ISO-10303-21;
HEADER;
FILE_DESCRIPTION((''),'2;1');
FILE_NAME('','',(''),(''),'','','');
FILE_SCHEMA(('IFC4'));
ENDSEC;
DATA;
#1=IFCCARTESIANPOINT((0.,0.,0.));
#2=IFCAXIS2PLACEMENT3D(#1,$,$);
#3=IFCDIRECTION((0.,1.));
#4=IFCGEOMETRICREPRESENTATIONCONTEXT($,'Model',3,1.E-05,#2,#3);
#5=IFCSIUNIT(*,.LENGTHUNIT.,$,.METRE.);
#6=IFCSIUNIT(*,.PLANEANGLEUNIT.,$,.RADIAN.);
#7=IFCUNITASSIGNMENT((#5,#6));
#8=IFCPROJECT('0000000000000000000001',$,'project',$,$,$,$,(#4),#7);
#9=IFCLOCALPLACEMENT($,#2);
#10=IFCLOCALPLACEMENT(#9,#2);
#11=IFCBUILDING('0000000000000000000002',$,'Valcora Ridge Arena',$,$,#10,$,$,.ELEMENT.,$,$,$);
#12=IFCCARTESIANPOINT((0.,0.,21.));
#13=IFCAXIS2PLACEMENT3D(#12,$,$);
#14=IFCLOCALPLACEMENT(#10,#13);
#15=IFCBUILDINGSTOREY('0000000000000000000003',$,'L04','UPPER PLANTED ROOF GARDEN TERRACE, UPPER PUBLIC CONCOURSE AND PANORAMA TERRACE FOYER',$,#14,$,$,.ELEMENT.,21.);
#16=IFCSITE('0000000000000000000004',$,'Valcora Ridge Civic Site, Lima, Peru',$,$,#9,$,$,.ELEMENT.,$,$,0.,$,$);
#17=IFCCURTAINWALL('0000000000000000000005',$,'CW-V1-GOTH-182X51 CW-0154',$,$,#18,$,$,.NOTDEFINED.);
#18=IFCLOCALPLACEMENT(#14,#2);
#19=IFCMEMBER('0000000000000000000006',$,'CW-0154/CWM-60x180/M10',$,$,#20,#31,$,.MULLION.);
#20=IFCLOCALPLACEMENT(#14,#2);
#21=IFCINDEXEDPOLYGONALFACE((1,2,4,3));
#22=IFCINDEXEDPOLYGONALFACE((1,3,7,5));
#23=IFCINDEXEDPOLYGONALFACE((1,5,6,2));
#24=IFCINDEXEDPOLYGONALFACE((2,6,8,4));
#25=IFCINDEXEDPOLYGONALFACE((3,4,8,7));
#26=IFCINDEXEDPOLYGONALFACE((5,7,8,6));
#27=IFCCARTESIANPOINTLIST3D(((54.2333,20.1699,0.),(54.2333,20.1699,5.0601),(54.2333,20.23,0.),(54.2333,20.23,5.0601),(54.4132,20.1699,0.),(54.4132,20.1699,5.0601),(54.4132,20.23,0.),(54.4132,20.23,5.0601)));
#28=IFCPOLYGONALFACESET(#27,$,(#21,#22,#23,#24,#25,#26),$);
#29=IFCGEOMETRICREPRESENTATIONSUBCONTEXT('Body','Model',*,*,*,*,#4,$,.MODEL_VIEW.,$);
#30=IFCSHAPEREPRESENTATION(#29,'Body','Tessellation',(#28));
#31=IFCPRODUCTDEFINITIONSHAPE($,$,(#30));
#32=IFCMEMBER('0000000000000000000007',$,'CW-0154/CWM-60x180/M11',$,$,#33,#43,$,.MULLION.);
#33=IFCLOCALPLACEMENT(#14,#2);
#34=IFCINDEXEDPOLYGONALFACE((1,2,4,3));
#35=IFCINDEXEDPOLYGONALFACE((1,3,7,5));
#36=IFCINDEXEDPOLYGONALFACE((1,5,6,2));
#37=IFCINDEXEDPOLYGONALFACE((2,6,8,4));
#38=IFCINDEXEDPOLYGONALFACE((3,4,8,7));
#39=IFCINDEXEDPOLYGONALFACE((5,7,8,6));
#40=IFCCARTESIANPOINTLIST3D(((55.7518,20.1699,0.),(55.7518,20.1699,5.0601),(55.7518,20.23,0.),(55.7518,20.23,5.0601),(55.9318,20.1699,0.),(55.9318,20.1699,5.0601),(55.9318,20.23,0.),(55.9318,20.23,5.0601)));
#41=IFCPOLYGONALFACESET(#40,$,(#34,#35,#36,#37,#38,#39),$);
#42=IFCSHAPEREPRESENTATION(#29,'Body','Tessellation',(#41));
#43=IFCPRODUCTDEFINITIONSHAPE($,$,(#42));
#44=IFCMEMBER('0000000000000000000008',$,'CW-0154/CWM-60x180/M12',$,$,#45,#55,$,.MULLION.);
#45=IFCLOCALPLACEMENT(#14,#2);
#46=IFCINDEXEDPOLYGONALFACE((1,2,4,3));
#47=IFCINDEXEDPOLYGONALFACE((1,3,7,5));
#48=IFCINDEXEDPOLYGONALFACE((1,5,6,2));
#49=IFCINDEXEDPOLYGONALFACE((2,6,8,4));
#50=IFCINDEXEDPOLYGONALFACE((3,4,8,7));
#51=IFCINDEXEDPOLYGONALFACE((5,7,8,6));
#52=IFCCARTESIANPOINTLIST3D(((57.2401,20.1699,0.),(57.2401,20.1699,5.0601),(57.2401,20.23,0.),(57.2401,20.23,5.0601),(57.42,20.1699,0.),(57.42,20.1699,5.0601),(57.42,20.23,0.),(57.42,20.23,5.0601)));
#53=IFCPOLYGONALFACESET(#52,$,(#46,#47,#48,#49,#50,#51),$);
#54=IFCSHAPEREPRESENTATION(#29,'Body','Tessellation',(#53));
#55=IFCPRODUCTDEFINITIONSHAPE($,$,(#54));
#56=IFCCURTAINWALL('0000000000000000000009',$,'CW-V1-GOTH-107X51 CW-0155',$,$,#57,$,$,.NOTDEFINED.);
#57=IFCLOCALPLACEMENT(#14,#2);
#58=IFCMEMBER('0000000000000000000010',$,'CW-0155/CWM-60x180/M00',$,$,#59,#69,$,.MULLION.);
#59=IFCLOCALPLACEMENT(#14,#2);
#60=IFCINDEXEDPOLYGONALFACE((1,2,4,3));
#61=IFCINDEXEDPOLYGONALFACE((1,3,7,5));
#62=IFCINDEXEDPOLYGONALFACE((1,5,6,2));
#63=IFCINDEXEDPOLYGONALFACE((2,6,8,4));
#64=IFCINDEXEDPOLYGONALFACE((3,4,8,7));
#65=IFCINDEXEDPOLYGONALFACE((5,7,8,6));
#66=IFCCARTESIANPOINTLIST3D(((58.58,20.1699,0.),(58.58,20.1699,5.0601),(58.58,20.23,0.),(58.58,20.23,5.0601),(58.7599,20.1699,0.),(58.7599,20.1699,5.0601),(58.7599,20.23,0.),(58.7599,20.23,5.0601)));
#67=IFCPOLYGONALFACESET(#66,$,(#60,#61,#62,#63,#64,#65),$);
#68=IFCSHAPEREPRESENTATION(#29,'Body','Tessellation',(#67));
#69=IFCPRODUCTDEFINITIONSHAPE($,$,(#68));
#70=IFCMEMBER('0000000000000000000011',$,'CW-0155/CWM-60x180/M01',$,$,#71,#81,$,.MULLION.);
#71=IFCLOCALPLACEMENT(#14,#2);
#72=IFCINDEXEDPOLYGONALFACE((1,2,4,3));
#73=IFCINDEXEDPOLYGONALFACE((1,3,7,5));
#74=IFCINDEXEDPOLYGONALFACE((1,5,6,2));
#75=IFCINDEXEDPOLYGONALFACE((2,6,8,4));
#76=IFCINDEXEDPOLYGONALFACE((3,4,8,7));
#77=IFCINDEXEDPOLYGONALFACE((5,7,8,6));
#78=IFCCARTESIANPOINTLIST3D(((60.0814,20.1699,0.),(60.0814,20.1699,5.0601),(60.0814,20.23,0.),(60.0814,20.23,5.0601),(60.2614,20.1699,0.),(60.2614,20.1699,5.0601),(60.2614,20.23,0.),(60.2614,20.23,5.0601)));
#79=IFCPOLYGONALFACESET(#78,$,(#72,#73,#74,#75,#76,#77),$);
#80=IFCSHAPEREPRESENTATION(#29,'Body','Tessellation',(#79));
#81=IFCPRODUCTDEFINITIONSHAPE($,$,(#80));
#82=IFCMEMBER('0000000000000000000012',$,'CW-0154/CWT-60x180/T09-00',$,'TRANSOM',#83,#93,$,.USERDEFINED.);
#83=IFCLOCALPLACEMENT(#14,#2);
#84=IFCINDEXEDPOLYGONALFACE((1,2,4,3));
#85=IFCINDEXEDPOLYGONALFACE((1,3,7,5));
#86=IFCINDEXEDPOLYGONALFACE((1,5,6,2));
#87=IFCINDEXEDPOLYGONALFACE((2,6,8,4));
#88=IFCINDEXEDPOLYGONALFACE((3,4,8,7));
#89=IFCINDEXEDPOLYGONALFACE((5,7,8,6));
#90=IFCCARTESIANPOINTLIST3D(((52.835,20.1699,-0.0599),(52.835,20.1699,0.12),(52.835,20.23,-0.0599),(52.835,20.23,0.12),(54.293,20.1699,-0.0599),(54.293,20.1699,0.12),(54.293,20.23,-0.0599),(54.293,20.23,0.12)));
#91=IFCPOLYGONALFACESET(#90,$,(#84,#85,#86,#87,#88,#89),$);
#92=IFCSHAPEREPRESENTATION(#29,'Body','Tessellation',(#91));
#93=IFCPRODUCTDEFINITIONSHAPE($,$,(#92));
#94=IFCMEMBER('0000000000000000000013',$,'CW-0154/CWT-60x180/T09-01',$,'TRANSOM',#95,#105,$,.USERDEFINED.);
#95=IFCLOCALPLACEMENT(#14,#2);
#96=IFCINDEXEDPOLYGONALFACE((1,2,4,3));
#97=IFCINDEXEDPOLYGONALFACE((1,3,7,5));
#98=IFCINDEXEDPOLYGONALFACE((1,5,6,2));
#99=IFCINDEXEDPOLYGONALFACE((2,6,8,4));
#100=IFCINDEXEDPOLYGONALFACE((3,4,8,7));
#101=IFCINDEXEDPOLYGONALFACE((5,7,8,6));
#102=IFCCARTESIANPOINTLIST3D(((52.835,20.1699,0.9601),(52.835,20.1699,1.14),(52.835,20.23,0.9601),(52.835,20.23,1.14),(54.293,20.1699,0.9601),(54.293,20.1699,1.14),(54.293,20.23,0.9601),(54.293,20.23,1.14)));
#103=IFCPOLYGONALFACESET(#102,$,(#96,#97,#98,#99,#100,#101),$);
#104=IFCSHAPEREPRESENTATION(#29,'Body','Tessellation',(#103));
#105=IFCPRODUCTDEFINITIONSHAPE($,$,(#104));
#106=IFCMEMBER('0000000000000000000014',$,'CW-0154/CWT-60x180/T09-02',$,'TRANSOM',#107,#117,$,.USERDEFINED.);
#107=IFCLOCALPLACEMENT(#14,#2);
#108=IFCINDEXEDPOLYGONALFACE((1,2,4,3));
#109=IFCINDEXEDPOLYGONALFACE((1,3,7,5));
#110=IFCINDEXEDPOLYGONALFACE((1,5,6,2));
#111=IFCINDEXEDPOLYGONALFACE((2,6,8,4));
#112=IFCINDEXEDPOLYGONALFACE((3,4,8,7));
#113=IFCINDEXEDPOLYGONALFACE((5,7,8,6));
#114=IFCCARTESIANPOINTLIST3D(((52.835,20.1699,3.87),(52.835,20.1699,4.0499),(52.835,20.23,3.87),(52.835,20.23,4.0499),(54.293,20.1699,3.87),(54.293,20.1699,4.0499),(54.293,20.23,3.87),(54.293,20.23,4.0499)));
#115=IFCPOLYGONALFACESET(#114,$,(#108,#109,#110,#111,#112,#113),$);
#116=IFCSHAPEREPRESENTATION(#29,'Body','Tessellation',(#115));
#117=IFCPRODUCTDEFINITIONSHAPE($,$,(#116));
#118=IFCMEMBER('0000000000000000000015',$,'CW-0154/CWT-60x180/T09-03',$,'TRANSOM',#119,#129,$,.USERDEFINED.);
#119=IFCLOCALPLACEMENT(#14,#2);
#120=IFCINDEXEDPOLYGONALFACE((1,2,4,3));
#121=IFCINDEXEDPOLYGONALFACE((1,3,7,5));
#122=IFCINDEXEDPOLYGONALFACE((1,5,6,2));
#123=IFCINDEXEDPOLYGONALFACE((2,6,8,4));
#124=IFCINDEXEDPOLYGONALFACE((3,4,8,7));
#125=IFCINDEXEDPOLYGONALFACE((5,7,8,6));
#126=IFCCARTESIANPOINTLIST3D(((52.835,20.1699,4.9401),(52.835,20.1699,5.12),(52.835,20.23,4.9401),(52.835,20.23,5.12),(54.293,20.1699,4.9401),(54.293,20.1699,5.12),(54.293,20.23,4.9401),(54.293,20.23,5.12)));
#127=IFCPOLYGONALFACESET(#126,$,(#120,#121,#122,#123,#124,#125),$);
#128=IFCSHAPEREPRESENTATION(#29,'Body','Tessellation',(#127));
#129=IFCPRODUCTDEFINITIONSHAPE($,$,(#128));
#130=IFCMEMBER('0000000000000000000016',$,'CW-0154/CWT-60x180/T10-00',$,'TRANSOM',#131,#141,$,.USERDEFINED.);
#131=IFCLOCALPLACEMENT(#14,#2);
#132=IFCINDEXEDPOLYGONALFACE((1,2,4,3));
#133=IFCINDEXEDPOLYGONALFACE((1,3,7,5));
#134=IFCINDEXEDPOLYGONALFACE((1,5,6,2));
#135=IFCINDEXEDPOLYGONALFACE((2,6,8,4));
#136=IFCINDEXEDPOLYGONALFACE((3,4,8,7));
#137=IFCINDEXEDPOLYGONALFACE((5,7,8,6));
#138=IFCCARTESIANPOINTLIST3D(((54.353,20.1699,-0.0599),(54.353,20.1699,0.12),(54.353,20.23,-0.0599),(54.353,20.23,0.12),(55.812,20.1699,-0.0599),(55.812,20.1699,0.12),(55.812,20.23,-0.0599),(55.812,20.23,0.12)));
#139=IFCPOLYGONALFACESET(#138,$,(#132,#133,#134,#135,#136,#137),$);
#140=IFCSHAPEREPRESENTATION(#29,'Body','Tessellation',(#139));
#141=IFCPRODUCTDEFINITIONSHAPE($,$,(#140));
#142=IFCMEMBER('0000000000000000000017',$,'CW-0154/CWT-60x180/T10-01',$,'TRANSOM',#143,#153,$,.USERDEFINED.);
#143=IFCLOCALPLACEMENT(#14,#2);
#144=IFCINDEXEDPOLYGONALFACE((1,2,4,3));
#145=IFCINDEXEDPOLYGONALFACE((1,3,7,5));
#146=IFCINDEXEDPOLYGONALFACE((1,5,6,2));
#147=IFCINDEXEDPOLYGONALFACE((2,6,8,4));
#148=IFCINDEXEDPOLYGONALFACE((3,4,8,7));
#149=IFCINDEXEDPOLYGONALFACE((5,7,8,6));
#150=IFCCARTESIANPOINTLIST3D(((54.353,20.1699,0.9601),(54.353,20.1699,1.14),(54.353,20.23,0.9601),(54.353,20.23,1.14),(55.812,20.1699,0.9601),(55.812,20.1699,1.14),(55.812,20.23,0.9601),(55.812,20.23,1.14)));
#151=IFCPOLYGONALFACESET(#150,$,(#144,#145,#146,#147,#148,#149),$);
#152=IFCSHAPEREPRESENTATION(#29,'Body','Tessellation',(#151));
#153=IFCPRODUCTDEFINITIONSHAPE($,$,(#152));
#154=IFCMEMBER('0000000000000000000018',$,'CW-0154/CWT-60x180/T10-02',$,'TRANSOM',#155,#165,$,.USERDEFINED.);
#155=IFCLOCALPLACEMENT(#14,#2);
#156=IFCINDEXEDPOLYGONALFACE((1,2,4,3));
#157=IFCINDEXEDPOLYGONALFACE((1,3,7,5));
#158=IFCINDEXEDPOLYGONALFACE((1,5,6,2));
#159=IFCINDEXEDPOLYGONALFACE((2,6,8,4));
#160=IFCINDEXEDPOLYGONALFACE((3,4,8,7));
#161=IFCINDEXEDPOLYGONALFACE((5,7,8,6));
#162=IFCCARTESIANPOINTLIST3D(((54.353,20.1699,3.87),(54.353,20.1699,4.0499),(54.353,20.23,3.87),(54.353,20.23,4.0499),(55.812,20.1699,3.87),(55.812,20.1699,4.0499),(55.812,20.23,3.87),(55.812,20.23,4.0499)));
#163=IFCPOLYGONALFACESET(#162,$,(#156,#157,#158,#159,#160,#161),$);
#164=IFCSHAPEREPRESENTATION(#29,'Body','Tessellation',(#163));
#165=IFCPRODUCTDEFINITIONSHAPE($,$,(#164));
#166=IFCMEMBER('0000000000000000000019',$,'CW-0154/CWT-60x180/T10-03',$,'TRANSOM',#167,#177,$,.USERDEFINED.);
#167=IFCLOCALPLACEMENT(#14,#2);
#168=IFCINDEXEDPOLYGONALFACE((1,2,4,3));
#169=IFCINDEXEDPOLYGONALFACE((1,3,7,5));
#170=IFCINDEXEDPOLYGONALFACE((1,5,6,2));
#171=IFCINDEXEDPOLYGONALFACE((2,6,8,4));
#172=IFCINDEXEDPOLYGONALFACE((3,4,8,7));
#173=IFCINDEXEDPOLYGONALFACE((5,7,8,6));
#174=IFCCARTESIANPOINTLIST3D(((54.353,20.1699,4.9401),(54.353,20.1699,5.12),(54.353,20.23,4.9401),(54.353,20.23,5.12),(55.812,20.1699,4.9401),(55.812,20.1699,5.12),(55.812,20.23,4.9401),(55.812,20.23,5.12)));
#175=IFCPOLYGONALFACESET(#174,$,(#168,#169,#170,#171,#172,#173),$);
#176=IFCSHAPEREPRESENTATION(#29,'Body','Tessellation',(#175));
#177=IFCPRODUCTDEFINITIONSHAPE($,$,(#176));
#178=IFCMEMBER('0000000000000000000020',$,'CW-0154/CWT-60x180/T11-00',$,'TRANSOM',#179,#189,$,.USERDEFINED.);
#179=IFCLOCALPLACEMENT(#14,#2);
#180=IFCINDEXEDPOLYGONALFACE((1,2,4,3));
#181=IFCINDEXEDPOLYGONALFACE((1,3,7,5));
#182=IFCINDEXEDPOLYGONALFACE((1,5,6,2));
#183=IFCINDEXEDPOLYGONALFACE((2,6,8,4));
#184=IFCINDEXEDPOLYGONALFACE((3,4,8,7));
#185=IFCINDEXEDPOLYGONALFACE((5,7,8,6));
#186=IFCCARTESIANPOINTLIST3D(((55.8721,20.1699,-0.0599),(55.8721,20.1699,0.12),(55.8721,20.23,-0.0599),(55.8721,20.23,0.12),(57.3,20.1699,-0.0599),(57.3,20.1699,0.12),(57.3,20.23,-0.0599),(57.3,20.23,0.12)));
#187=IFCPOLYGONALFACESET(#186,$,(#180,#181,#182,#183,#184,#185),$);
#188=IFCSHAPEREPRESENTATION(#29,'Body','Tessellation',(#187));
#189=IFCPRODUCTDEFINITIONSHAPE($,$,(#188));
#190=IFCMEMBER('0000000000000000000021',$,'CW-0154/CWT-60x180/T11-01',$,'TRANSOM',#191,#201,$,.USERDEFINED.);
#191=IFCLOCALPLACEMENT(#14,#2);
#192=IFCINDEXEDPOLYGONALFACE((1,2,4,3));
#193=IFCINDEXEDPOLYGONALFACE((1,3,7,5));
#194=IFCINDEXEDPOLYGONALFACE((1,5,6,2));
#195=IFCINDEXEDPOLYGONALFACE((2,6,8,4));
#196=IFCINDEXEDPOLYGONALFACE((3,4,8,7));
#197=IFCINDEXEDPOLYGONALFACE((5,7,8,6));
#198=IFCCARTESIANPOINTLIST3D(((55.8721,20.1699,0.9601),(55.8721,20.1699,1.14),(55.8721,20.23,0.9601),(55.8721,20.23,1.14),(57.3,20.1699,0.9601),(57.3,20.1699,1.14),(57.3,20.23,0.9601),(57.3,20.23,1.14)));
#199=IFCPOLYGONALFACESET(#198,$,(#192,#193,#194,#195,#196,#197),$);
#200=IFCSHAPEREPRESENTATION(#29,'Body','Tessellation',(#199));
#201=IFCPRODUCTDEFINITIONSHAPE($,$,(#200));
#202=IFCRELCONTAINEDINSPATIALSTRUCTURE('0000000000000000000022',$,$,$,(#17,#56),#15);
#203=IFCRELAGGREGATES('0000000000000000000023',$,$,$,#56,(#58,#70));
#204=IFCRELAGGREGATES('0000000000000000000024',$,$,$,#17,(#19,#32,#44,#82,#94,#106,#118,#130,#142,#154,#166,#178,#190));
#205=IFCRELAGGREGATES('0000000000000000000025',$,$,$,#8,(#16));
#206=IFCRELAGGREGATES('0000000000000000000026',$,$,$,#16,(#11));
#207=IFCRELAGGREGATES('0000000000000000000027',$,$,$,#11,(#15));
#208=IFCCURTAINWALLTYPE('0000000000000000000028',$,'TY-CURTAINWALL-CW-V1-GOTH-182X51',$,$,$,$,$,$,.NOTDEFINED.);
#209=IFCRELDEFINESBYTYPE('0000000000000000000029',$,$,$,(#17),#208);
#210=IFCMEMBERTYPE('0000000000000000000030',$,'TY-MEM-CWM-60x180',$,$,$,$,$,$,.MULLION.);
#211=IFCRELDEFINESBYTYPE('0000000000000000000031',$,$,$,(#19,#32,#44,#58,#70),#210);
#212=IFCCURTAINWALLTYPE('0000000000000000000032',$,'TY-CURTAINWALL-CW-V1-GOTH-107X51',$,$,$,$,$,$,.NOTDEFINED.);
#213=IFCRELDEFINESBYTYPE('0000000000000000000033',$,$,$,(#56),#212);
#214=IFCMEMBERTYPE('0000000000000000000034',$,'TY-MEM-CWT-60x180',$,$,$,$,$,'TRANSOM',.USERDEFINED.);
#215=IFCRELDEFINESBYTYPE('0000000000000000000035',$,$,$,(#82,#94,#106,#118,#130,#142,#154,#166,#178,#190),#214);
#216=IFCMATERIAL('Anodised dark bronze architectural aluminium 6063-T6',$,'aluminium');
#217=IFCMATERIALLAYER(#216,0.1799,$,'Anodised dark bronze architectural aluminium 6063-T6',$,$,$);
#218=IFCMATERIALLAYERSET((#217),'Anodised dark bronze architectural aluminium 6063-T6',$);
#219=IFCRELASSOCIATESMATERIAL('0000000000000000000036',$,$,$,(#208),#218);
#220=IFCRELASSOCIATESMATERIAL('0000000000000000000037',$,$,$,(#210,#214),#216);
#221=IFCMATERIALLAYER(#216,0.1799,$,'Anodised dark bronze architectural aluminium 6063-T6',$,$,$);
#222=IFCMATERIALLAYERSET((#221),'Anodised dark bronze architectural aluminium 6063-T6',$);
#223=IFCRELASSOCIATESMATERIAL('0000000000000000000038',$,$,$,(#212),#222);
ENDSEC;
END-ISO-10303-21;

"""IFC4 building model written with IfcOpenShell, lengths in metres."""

from ifc_helpers import new_model, si_unit, direction, frame, origin, origin_2d, place, context, subcontext, project, spatial, rectangle, extrude, material, layer, layer_set, material_profile, profile_set, type_object, element, aggregate, save


model = new_model("IFC4")

# Units and contexts
model_context = context("Model", 3, precision=1e-05, world=origin(), true_north=direction((0.0, 1.0)))
body_context = subcontext(model_context, "Body", "Model", "MODEL_VIEW")
ifc_project = project(units=[si_unit("LENGTHUNIT", "METRE"), si_unit("PLANEANGLEUNIT", "RADIAN")], contexts=[model_context])

# Site, building, storey
site_placement = place(None, origin())
site = spatial("IfcSite", under=ifc_project, at=site_placement, Name="Valcora Ridge Civic Site, Lima, Peru", CompositionType="ELEMENT", RefElevation=0.0)
building_placement = place(site_placement, origin())
building = spatial("IfcBuilding", under=site, at=building_placement, Name="Valcora Ridge Arena", CompositionType="ELEMENT")
storey_placement = place(building_placement, frame((0.0, 0.0, 21.0)))
storey = spatial("IfcBuildingStorey", under=building, at=storey_placement, Name="L04", Description="UPPER PLANTED ROOF GARDEN TERRACE, UPPER PUBLIC CONCOURSE AND PANORAMA TERRACE FOYER", CompositionType="ELEMENT", Elevation=21.0)

# Curtain walls, members
ifc_material_1 = material(Name="Anodised dark bronze architectural aluminium 6063-T6", Category="aluminium")
ifc_layer_1 = layer(ifc_material_1, 0.1799, Name="Anodised dark bronze architectural aluminium 6063-T6")
ifc_layer_set_1 = layer_set([ifc_layer_1], Name="Anodised dark bronze architectural aluminium 6063-T6")
curtain_wall_type_1 = type_object("IfcCurtainWallType", Name="TY-CURTAINWALL-CW-V1-GOTH-182X51", PredefinedType="NOTDEFINED", material=ifc_layer_set_1)
curtain_wall_1_placement = place(storey_placement, origin())
curtain_wall_1 = element("IfcCurtainWall", 1, at=curtain_wall_1_placement, inside=storey, type_object=curtain_wall_type_1, Name="CW-V1-GOTH-182X51 CW-0154", PredefinedType="NOTDEFINED")
ifc_material_profile_1 = material_profile(ifc_material_1, rectangle(XDim=0.0601, YDim=0.1799, at=origin_2d()), Name="ALU MULLION 60x180")
ifc_profile_set_1 = profile_set([ifc_material_profile_1], Name="Anodised dark bronze architectural aluminium 6063-T6")
member_type_1 = type_object("IfcMemberType", Name="TY-MEM-CWM-60x180", PredefinedType="MULLION", material=ifc_profile_set_1)
member_1_placement = place(storey_placement, frame((54.3232, 20.2, 0.0), z_axis=(0.0, 0.0, 1.0), x_axis=(0.0, 1.0, 0.0)))
member_1 = element("IfcMember", 2, at=member_1_placement, type_object=member_type_1, Name="CW-0154/CWM-60x180/M10", PredefinedType="MULLION", context=body_context, shape_type="SweptSolid", body=[
    extrude(rectangle(XDim=0.0601, YDim=0.1799, at=origin_2d()), origin(), (0.0, 0.0, 1.0), 5.0601),
])
member_2_placement = place(storey_placement, frame((55.8418, 20.2, 0.0), z_axis=(0.0, 0.0, 1.0), x_axis=(0.0, 1.0, 0.0)))
member_2 = element("IfcMember", 3, at=member_2_placement, type_object=member_type_1, Name="CW-0154/CWM-60x180/M11", PredefinedType="MULLION", context=body_context, shape_type="SweptSolid", body=[
    extrude(rectangle(XDim=0.0601, YDim=0.1799, at=origin_2d()), origin(), (0.0, 0.0, 1.0), 5.0601),
])
member_3_placement = place(storey_placement, frame((57.3301, 20.2, 0.0), z_axis=(0.0, 0.0, 1.0), x_axis=(0.0, 1.0, 0.0)))
member_3 = element("IfcMember", 4, at=member_3_placement, type_object=member_type_1, Name="CW-0154/CWM-60x180/M12", PredefinedType="MULLION", context=body_context, shape_type="SweptSolid", body=[
    extrude(rectangle(XDim=0.0601, YDim=0.1799, at=origin_2d()), origin(), (0.0, 0.0, 1.0), 5.0601),
])
ifc_layer_2 = layer(ifc_material_1, 0.1799, Name="Anodised dark bronze architectural aluminium 6063-T6")
ifc_layer_set_2 = layer_set([ifc_layer_2], Name="Anodised dark bronze architectural aluminium 6063-T6")
curtain_wall_type_2 = type_object("IfcCurtainWallType", Name="TY-CURTAINWALL-CW-V1-GOTH-107X51", PredefinedType="NOTDEFINED", material=ifc_layer_set_2)
curtain_wall_2_placement = place(storey_placement, origin())
curtain_wall_2 = element("IfcCurtainWall", 5, at=curtain_wall_2_placement, inside=storey, type_object=curtain_wall_type_2, Name="CW-V1-GOTH-107X51 CW-0155", PredefinedType="NOTDEFINED")
member_4_placement = place(storey_placement, frame((58.6699, 20.2, 0.0), z_axis=(0.0, 0.0, 1.0), x_axis=(0.0, 1.0, 0.0)))
member_4 = element("IfcMember", 6, at=member_4_placement, type_object=member_type_1, Name="CW-0155/CWM-60x180/M00", PredefinedType="MULLION", context=body_context, shape_type="SweptSolid", body=[
    extrude(rectangle(XDim=0.0601, YDim=0.1799, at=origin_2d()), origin(), (0.0, 0.0, 1.0), 5.0601),
])
member_5_placement = place(storey_placement, frame((60.1714, 20.2, 0.0), z_axis=(0.0, 0.0, 1.0), x_axis=(0.0, 1.0, 0.0)))
member_5 = element("IfcMember", 7, at=member_5_placement, type_object=member_type_1, Name="CW-0155/CWM-60x180/M01", PredefinedType="MULLION", context=body_context, shape_type="SweptSolid", body=[
    extrude(rectangle(XDim=0.0601, YDim=0.1799, at=origin_2d()), origin(), (0.0, 0.0, 1.0), 5.0601),
])

# Members
ifc_material_profile_2 = material_profile(ifc_material_1, rectangle(XDim=0.0601, YDim=0.1799, at=origin_2d()), Name="ALU TRANSOM 60x180")
ifc_profile_set_2 = profile_set([ifc_material_profile_2], Name="Anodised dark bronze architectural aluminium 6063-T6")
member_type_2 = type_object("IfcMemberType", Name="TY-MEM-CWT-60x180", ElementType="TRANSOM", PredefinedType="USERDEFINED", material=ifc_profile_set_2)
member_6_placement = place(storey_placement, frame((52.835, 20.2, 0.03), z_axis=(1.0, 0.0, 0.0), x_axis=(0.0, 1.0, 0.0)))
member_6 = element("IfcMember", 8, at=member_6_placement, type_object=member_type_2, Name="CW-0154/CWT-60x180/T09-00", ObjectType="TRANSOM", PredefinedType="USERDEFINED", context=body_context, shape_type="SweptSolid", body=[
    extrude(rectangle(XDim=0.0601, YDim=0.1799, at=origin_2d()), origin(), (0.0, 0.0, 1.0), 1.458),
])
member_7_placement = place(storey_placement, frame((52.835, 20.2, 1.05), z_axis=(1.0, 0.0, 0.0), x_axis=(0.0, 1.0, 0.0)))
member_7 = element("IfcMember", 9, at=member_7_placement, type_object=member_type_2, Name="CW-0154/CWT-60x180/T09-01", ObjectType="TRANSOM", PredefinedType="USERDEFINED", context=body_context, shape_type="SweptSolid", body=[
    extrude(rectangle(XDim=0.0601, YDim=0.1799, at=origin_2d()), origin(), (0.0, 0.0, 1.0), 1.458),
])
member_8_placement = place(storey_placement, frame((52.835, 20.2, 3.96), z_axis=(1.0, 0.0, 0.0), x_axis=(0.0, 1.0, 0.0)))
member_8 = element("IfcMember", 10, at=member_8_placement, type_object=member_type_2, Name="CW-0154/CWT-60x180/T09-02", ObjectType="TRANSOM", PredefinedType="USERDEFINED", context=body_context, shape_type="SweptSolid", body=[
    extrude(rectangle(XDim=0.0601, YDim=0.1799, at=origin_2d()), origin(), (0.0, 0.0, 1.0), 1.458),
])
member_9_placement = place(storey_placement, frame((52.835, 20.2, 5.03), z_axis=(1.0, 0.0, 0.0), x_axis=(0.0, 1.0, 0.0)))
member_9 = element("IfcMember", 11, at=member_9_placement, type_object=member_type_2, Name="CW-0154/CWT-60x180/T09-03", ObjectType="TRANSOM", PredefinedType="USERDEFINED", context=body_context, shape_type="SweptSolid", body=[
    extrude(rectangle(XDim=0.0601, YDim=0.1799, at=origin_2d()), origin(), (0.0, 0.0, 1.0), 1.458),
])
member_10_placement = place(storey_placement, frame((54.353, 20.2, 0.03), z_axis=(1.0, 0.0, 0.0), x_axis=(0.0, 1.0, 0.0)))
member_10 = element("IfcMember", 12, at=member_10_placement, type_object=member_type_2, Name="CW-0154/CWT-60x180/T10-00", ObjectType="TRANSOM", PredefinedType="USERDEFINED", context=body_context, shape_type="SweptSolid", body=[
    extrude(rectangle(XDim=0.0601, YDim=0.1799, at=origin_2d()), origin(), (0.0, 0.0, 1.0), 1.459),
])
member_11_placement = place(storey_placement, frame((54.353, 20.2, 1.05), z_axis=(1.0, 0.0, 0.0), x_axis=(0.0, 1.0, 0.0)))
member_11 = element("IfcMember", 13, at=member_11_placement, type_object=member_type_2, Name="CW-0154/CWT-60x180/T10-01", ObjectType="TRANSOM", PredefinedType="USERDEFINED", context=body_context, shape_type="SweptSolid", body=[
    extrude(rectangle(XDim=0.0601, YDim=0.1799, at=origin_2d()), origin(), (0.0, 0.0, 1.0), 1.459),
])
member_12_placement = place(storey_placement, frame((54.353, 20.2, 3.96), z_axis=(1.0, 0.0, 0.0), x_axis=(0.0, 1.0, 0.0)))
member_12 = element("IfcMember", 14, at=member_12_placement, type_object=member_type_2, Name="CW-0154/CWT-60x180/T10-02", ObjectType="TRANSOM", PredefinedType="USERDEFINED", context=body_context, shape_type="SweptSolid", body=[
    extrude(rectangle(XDim=0.0601, YDim=0.1799, at=origin_2d()), origin(), (0.0, 0.0, 1.0), 1.459),
])
member_13_placement = place(storey_placement, frame((54.353, 20.2, 5.03), z_axis=(1.0, 0.0, 0.0), x_axis=(0.0, 1.0, 0.0)))
member_13 = element("IfcMember", 15, at=member_13_placement, type_object=member_type_2, Name="CW-0154/CWT-60x180/T10-03", ObjectType="TRANSOM", PredefinedType="USERDEFINED", context=body_context, shape_type="SweptSolid", body=[
    extrude(rectangle(XDim=0.0601, YDim=0.1799, at=origin_2d()), origin(), (0.0, 0.0, 1.0), 1.459),
])
member_14_placement = place(storey_placement, frame((55.8721, 20.2, 0.03), z_axis=(1.0, 0.0, 0.0), x_axis=(0.0, 1.0, 0.0)))
member_14 = element("IfcMember", 16, at=member_14_placement, type_object=member_type_2, Name="CW-0154/CWT-60x180/T11-00", ObjectType="TRANSOM", PredefinedType="USERDEFINED", context=body_context, shape_type="SweptSolid", body=[
    extrude(rectangle(XDim=0.0601, YDim=0.1799, at=origin_2d()), origin(), (0.0, 0.0, 1.0), 1.428),
])
member_15_placement = place(storey_placement, frame((55.8721, 20.2, 1.05), z_axis=(1.0, 0.0, 0.0), x_axis=(0.0, 1.0, 0.0)))
member_15 = element("IfcMember", 17, at=member_15_placement, type_object=member_type_2, Name="CW-0154/CWT-60x180/T11-01", ObjectType="TRANSOM", PredefinedType="USERDEFINED", context=body_context, shape_type="SweptSolid", body=[
    extrude(rectangle(XDim=0.0601, YDim=0.1799, at=origin_2d()), origin(), (0.0, 0.0, 1.0), 1.428),
])

aggregate(curtain_wall_2, [member_4, member_5])
aggregate(curtain_wall_1, [member_1, member_2, member_3, member_6, member_7, member_8, member_9, member_10, member_11, member_12, member_13, member_14, member_15])

save(model, "model.ifc")
